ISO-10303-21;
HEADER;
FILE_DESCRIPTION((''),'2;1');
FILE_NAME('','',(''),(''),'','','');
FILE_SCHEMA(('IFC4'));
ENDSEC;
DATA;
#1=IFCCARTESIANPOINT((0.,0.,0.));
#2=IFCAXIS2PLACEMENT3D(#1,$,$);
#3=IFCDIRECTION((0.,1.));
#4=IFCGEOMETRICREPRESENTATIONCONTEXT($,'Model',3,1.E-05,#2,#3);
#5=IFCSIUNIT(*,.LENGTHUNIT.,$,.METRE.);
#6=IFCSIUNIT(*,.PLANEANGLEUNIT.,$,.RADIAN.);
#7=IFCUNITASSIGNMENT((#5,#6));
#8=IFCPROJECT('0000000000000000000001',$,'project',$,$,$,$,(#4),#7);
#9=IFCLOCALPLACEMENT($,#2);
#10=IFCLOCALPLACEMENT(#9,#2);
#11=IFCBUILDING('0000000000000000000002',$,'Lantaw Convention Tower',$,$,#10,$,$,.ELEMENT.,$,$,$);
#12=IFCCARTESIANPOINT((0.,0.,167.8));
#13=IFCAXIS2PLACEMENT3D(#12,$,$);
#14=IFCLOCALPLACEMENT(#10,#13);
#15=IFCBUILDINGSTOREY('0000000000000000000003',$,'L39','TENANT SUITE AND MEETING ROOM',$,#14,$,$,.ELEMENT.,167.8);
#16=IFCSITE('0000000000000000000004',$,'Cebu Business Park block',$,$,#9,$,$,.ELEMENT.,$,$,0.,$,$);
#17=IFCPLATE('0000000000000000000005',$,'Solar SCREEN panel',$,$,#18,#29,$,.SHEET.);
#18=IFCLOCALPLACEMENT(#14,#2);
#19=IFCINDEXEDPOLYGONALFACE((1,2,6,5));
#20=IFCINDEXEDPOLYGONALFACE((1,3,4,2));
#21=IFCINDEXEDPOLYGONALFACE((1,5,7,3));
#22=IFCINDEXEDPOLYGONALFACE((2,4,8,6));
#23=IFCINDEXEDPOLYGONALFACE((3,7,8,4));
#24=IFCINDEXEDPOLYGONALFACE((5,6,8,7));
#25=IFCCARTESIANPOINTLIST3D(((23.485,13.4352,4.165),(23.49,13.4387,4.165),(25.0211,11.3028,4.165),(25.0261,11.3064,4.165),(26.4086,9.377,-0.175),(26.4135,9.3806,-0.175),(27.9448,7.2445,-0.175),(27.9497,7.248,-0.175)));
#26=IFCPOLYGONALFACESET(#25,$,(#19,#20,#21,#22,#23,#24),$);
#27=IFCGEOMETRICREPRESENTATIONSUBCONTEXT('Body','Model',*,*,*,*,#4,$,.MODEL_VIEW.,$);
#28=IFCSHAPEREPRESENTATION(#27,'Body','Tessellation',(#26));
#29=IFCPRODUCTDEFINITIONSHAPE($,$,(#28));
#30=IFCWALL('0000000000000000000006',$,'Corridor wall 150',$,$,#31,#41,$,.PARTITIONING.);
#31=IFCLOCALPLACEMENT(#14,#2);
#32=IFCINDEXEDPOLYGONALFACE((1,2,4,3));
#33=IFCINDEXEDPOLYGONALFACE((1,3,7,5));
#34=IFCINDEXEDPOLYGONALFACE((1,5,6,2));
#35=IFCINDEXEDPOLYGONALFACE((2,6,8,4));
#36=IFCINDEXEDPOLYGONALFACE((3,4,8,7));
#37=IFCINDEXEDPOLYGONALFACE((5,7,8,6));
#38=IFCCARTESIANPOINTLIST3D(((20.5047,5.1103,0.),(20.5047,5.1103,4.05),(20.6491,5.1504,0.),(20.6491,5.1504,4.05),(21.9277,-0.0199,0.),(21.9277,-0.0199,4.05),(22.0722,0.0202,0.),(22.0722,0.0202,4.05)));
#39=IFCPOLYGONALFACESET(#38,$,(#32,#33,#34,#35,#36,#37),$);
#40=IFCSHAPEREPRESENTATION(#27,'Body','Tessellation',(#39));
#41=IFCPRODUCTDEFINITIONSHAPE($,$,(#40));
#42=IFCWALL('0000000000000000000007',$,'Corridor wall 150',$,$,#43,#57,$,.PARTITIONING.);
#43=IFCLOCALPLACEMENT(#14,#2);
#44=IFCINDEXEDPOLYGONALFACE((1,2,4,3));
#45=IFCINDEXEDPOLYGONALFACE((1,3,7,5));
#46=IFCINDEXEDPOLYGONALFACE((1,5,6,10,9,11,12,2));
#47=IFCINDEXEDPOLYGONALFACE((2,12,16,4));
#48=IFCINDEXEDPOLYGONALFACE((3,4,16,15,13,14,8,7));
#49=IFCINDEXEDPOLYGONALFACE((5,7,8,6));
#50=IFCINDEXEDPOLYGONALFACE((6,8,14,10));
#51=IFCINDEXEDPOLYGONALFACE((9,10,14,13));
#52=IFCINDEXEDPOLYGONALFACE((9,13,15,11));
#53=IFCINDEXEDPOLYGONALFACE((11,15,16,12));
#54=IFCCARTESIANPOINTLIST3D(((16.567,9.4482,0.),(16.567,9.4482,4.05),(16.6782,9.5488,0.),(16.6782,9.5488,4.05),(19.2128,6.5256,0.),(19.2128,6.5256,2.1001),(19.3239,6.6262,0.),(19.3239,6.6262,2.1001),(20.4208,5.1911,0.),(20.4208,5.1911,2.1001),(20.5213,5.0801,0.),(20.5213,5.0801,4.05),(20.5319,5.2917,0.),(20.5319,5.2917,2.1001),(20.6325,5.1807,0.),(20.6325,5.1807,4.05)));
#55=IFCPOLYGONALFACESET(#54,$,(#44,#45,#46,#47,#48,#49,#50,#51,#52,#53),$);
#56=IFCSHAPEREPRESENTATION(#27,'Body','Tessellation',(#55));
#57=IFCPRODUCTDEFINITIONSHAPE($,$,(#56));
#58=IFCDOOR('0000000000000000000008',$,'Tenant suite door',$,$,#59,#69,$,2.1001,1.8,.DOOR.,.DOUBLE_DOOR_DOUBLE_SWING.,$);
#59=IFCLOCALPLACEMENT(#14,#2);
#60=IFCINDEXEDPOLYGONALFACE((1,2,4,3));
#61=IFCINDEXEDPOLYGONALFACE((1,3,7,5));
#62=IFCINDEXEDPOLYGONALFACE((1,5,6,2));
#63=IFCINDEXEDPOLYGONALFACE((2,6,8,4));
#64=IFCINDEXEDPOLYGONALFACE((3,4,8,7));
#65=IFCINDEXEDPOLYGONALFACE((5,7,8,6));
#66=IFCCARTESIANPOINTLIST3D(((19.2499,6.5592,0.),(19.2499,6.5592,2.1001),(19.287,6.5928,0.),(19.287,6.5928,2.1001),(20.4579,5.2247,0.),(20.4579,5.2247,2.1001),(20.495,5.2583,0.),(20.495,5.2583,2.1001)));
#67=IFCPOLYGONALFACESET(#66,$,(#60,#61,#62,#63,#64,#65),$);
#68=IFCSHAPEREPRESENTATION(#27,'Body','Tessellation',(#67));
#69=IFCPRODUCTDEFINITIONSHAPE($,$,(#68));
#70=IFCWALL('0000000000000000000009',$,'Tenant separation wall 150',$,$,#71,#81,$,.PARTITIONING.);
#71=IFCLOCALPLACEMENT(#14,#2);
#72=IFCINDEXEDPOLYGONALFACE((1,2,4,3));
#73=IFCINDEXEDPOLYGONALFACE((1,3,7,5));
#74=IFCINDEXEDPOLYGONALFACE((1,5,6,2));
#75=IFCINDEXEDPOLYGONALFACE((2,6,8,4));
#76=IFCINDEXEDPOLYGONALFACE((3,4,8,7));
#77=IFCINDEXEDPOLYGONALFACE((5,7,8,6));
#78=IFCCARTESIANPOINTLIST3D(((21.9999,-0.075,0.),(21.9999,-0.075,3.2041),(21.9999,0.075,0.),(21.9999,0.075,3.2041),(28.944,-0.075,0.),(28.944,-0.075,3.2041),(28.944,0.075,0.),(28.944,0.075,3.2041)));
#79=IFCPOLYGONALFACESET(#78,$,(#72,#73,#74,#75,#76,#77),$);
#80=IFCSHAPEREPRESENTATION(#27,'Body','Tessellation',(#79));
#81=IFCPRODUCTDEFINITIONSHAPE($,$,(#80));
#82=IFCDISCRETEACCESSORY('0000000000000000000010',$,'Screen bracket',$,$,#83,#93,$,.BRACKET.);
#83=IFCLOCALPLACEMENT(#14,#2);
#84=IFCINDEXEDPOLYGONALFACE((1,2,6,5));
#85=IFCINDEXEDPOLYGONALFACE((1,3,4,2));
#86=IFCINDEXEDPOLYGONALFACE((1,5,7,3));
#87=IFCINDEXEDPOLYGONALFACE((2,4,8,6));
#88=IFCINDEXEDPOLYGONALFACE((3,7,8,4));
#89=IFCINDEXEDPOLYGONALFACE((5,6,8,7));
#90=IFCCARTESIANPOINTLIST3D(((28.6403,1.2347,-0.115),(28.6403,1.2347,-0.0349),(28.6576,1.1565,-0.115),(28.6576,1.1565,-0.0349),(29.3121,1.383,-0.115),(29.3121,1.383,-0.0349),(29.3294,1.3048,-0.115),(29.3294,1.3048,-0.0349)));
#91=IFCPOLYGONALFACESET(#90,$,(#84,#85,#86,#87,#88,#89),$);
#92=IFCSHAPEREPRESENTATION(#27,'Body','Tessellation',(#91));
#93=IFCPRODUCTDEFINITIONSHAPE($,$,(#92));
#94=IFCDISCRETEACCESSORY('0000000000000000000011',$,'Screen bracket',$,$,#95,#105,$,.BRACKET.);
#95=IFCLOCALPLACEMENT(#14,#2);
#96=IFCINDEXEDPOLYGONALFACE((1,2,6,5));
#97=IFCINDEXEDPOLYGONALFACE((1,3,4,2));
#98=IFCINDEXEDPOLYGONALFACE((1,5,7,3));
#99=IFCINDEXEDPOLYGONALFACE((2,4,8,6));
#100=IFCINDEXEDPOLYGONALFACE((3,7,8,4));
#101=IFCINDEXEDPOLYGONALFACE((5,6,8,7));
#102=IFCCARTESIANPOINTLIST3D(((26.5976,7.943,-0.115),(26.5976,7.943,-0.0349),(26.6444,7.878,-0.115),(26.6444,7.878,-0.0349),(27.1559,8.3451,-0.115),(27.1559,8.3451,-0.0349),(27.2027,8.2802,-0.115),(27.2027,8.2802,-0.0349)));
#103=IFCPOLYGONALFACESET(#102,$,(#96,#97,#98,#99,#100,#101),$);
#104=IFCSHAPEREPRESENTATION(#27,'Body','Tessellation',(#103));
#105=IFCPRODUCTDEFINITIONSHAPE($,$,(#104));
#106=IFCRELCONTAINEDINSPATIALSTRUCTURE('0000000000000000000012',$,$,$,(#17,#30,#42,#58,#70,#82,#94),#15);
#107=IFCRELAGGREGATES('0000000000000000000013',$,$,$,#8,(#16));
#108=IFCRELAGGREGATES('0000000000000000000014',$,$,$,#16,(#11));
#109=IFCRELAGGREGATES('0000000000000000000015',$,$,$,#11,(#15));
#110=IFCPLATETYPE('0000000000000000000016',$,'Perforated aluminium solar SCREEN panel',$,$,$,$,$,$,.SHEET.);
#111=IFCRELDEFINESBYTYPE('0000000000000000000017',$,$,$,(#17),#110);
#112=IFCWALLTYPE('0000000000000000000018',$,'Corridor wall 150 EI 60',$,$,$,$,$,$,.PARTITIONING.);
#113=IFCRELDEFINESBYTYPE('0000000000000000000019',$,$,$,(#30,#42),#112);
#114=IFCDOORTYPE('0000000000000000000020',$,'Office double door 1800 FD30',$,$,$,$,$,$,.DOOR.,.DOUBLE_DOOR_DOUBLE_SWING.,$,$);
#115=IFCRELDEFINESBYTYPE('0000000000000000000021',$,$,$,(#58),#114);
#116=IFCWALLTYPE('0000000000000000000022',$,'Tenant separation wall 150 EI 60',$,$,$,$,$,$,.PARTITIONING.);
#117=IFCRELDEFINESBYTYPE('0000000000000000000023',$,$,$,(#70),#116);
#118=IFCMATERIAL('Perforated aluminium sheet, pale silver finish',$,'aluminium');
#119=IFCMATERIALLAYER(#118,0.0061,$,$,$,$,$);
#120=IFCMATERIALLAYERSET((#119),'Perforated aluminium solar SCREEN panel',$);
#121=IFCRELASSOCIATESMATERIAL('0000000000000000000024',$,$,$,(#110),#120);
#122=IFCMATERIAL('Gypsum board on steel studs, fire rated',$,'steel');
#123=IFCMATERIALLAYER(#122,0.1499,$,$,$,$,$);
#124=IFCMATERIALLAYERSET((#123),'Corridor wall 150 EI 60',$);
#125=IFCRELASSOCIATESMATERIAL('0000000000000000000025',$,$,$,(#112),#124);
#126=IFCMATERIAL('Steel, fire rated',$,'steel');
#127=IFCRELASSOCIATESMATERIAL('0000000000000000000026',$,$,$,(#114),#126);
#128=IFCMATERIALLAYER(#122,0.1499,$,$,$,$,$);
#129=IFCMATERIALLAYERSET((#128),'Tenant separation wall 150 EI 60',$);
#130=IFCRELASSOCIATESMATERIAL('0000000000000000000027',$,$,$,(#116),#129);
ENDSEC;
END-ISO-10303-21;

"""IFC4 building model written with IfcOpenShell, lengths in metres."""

from ifc_helpers import new_model, si_unit, direction, frame, frame_2d, origin, origin_2d, place, context, subcontext, project, spatial, polyline, rectangle, outline, extrude, material, layer, layer_set, type_object, element, fill, save


model = new_model("IFC4")

# Units and contexts
model_context = context("Model", 3, precision=1e-05, world=origin(), true_north=direction((0.0, 1.0)))
body_context = subcontext(model_context, "Body", "Model", "MODEL_VIEW")
ifc_project = project(units=[si_unit("LENGTHUNIT", "METRE"), si_unit("PLANEANGLEUNIT", "RADIAN")], contexts=[model_context])

# Site, building, storey
site_placement = place(None, origin())
site = spatial("IfcSite", under=ifc_project, at=site_placement, Name="Cebu Business Park block", CompositionType="ELEMENT", RefElevation=0.0)
building_placement = place(site_placement, origin())
building = spatial("IfcBuilding", under=site, at=building_placement, Name="Lantaw Convention Tower", CompositionType="ELEMENT")
storey_placement = place(building_placement, frame((0.0, 0.0, 167.8)))
storey = spatial("IfcBuildingStorey", under=building, at=storey_placement, Name="L39", Description="TENANT SUITE AND MEETING ROOM", CompositionType="ELEMENT", Elevation=167.8)

# Plate
ifc_material_1 = material(Name="Perforated aluminium sheet, pale silver finish", Category="aluminium")
ifc_layer_1 = layer(ifc_material_1, 0.0061)
ifc_layer_set_1 = layer_set([ifc_layer_1], Name="Perforated aluminium solar SCREEN panel")
plate_type_1 = type_object("IfcPlateType", Name="Perforated aluminium solar SCREEN panel", PredefinedType="SHEET", material=ifc_layer_set_1)
plate_1_placement = place(storey_placement, frame((27.9497, 7.248, -0.175), z_axis=(0.811395, 0.584498, 0.000036), x_axis=(-0.584498, 0.811395, 0.0)))
element("IfcPlate", 1, at=plate_1_placement, inside=storey, type_object=plate_type_1, Name="Solar SCREEN panel", PredefinedType="SHEET", context=body_context, shape_type="SweptSolid", body=[
    extrude(outline(polyline([(0.0, 0.0), (2.6282, 0.0), (7.6298, 4.3401), (5.0018, 4.3401), (0.0, 0.0)])), origin(), (0.0, 0.0, -1.0), 0.0061),
])

# Wall
ifc_material_2 = material(Name="Gypsum board on steel studs, fire rated", Category="steel")
ifc_layer_2 = layer(ifc_material_2, 0.1499)
ifc_layer_set_2 = layer_set([ifc_layer_2], Name="Corridor wall 150 EI 60")
wall_type_1 = type_object("IfcWallType", Name="Corridor wall 150 EI 60", PredefinedType="PARTITIONING", material=ifc_layer_set_2)
wall_1_placement = place(storey_placement, frame((22.0, 0.0, 0.0), z_axis=(0.0, 0.0, 1.0), x_axis=(-0.267294, 0.963615, 0.0)))
element("IfcWall", 2, at=wall_1_placement, inside=storey, type_object=wall_type_1, Name="Corridor wall 150", PredefinedType="PARTITIONING", context=body_context, shape_type="SweptSolid", body=[
    extrude(rectangle(XDim=5.324, YDim=0.1499, at=frame_2d((2.6621, 0.0))), origin(), (0.0, 0.0, 1.0), 4.05),
])

# Wall, opening, door
wall_2_placement = place(storey_placement, frame((20.5769, 5.1304, 0.0), z_axis=(0.0, 0.0, 1.0), x_axis=(-0.671118, 0.74135, 0.0)))
wall_2 = element("IfcWall", 3, at=wall_2_placement, inside=storey, type_object=wall_type_1, Name="Corridor wall 150", PredefinedType="PARTITIONING", context=body_context, shape_type="SweptSolid", body=[
    extrude(rectangle(XDim=5.8921, YDim=0.1499, at=frame_2d((2.946, 0.0))), origin(), (0.0, 0.0, 1.0), 4.05),
])
opening_placement = place(wall_2_placement, frame((0.1499, 0.0, 0.0)))
opening = element("IfcOpeningElement", 4, at=opening_placement, cuts=wall_2, PredefinedType="OPENING", context=body_context, shape_type="SweptSolid", body=[
    extrude(rectangle(XDim=1.8, YDim=2.1001, at=frame_2d((0.8999, 1.05))), frame((0.0, 0.085, 0.0), z_axis=(0.0, -1.0, 0.0), x_axis=(1.0, 0.0, 0.0)), (0.0, 0.0, 1.0), 0.1699),
])
ifc_material_3 = material(Name="Steel, fire rated", Category="steel")
door_type = type_object("IfcDoorType", Name="Office double door 1800 FD30", OperationType="DOUBLE_DOOR_DOUBLE_SWING", PredefinedType="DOOR", material=ifc_material_3)
door_placement = place(opening_placement, origin())
door = element("IfcDoor", 5, at=door_placement, inside=storey, type_object=door_type, Name="Tenant suite door", OperationType="DOUBLE_DOOR_DOUBLE_SWING", OverallHeight=2.1001, OverallWidth=1.8, PredefinedType="DOOR", context=body_context, shape_type="SweptSolid", body=[
    extrude(rectangle(XDim=1.8, YDim=2.1001, at=frame_2d((0.8999, 1.05))), frame((0.0, 0.0249, 0.0), z_axis=(0.0, -1.0, 0.0), x_axis=(1.0, 0.0, 0.0)), (0.0, 0.0, 1.0), 0.05),
])
fill(opening, door)

# Wall
ifc_layer_3 = layer(ifc_material_2, 0.1499)
ifc_layer_set_3 = layer_set([ifc_layer_3], Name="Tenant separation wall 150 EI 60")
wall_type_2 = type_object("IfcWallType", Name="Tenant separation wall 150 EI 60", PredefinedType="PARTITIONING", material=ifc_layer_set_3)
wall_3_placement = place(storey_placement, frame((28.9441, 0.0, 0.0), z_axis=(0.0, 0.0, 1.0), x_axis=(-1.0, 0.0, 0.0)))
element("IfcWall", 6, at=wall_3_placement, inside=storey, type_object=wall_type_2, Name="Tenant separation wall 150", PredefinedType="PARTITIONING", context=body_context, shape_type="SweptSolid", body=[
    extrude(rectangle(XDim=6.9441, YDim=0.1499, at=frame_2d((3.4722, 0.0))), origin(), (0.0, 0.0, 1.0), 3.2041),
])

# Discrete accessories
for number, where, z_axis, x_axis, name in (
    (7, (28.9849, 1.2698, -0.115), (0.0, 0.0, 1.0), (-0.215546, 0.976494, 0.0), "Screen bracket"),
    (8, (26.9001, 8.1116, -0.115), (0.0, 0.0, 1.0), (-0.584513, 0.811385, 0.0), "Screen bracket"),
):
    element("IfcDiscreteAccessory", number, at=place(storey_placement, frame(where, z_axis=z_axis, x_axis=x_axis)), inside=storey, Name=name, PredefinedType="BRACKET", context=body_context, shape_type="SweptSolid", body=[
        extrude(rectangle(XDim=0.0801, YDim=0.688, at=origin_2d()), origin(), (0.0, 0.0, 1.0), 0.0801),
    ])

save(model, "model.ifc")
